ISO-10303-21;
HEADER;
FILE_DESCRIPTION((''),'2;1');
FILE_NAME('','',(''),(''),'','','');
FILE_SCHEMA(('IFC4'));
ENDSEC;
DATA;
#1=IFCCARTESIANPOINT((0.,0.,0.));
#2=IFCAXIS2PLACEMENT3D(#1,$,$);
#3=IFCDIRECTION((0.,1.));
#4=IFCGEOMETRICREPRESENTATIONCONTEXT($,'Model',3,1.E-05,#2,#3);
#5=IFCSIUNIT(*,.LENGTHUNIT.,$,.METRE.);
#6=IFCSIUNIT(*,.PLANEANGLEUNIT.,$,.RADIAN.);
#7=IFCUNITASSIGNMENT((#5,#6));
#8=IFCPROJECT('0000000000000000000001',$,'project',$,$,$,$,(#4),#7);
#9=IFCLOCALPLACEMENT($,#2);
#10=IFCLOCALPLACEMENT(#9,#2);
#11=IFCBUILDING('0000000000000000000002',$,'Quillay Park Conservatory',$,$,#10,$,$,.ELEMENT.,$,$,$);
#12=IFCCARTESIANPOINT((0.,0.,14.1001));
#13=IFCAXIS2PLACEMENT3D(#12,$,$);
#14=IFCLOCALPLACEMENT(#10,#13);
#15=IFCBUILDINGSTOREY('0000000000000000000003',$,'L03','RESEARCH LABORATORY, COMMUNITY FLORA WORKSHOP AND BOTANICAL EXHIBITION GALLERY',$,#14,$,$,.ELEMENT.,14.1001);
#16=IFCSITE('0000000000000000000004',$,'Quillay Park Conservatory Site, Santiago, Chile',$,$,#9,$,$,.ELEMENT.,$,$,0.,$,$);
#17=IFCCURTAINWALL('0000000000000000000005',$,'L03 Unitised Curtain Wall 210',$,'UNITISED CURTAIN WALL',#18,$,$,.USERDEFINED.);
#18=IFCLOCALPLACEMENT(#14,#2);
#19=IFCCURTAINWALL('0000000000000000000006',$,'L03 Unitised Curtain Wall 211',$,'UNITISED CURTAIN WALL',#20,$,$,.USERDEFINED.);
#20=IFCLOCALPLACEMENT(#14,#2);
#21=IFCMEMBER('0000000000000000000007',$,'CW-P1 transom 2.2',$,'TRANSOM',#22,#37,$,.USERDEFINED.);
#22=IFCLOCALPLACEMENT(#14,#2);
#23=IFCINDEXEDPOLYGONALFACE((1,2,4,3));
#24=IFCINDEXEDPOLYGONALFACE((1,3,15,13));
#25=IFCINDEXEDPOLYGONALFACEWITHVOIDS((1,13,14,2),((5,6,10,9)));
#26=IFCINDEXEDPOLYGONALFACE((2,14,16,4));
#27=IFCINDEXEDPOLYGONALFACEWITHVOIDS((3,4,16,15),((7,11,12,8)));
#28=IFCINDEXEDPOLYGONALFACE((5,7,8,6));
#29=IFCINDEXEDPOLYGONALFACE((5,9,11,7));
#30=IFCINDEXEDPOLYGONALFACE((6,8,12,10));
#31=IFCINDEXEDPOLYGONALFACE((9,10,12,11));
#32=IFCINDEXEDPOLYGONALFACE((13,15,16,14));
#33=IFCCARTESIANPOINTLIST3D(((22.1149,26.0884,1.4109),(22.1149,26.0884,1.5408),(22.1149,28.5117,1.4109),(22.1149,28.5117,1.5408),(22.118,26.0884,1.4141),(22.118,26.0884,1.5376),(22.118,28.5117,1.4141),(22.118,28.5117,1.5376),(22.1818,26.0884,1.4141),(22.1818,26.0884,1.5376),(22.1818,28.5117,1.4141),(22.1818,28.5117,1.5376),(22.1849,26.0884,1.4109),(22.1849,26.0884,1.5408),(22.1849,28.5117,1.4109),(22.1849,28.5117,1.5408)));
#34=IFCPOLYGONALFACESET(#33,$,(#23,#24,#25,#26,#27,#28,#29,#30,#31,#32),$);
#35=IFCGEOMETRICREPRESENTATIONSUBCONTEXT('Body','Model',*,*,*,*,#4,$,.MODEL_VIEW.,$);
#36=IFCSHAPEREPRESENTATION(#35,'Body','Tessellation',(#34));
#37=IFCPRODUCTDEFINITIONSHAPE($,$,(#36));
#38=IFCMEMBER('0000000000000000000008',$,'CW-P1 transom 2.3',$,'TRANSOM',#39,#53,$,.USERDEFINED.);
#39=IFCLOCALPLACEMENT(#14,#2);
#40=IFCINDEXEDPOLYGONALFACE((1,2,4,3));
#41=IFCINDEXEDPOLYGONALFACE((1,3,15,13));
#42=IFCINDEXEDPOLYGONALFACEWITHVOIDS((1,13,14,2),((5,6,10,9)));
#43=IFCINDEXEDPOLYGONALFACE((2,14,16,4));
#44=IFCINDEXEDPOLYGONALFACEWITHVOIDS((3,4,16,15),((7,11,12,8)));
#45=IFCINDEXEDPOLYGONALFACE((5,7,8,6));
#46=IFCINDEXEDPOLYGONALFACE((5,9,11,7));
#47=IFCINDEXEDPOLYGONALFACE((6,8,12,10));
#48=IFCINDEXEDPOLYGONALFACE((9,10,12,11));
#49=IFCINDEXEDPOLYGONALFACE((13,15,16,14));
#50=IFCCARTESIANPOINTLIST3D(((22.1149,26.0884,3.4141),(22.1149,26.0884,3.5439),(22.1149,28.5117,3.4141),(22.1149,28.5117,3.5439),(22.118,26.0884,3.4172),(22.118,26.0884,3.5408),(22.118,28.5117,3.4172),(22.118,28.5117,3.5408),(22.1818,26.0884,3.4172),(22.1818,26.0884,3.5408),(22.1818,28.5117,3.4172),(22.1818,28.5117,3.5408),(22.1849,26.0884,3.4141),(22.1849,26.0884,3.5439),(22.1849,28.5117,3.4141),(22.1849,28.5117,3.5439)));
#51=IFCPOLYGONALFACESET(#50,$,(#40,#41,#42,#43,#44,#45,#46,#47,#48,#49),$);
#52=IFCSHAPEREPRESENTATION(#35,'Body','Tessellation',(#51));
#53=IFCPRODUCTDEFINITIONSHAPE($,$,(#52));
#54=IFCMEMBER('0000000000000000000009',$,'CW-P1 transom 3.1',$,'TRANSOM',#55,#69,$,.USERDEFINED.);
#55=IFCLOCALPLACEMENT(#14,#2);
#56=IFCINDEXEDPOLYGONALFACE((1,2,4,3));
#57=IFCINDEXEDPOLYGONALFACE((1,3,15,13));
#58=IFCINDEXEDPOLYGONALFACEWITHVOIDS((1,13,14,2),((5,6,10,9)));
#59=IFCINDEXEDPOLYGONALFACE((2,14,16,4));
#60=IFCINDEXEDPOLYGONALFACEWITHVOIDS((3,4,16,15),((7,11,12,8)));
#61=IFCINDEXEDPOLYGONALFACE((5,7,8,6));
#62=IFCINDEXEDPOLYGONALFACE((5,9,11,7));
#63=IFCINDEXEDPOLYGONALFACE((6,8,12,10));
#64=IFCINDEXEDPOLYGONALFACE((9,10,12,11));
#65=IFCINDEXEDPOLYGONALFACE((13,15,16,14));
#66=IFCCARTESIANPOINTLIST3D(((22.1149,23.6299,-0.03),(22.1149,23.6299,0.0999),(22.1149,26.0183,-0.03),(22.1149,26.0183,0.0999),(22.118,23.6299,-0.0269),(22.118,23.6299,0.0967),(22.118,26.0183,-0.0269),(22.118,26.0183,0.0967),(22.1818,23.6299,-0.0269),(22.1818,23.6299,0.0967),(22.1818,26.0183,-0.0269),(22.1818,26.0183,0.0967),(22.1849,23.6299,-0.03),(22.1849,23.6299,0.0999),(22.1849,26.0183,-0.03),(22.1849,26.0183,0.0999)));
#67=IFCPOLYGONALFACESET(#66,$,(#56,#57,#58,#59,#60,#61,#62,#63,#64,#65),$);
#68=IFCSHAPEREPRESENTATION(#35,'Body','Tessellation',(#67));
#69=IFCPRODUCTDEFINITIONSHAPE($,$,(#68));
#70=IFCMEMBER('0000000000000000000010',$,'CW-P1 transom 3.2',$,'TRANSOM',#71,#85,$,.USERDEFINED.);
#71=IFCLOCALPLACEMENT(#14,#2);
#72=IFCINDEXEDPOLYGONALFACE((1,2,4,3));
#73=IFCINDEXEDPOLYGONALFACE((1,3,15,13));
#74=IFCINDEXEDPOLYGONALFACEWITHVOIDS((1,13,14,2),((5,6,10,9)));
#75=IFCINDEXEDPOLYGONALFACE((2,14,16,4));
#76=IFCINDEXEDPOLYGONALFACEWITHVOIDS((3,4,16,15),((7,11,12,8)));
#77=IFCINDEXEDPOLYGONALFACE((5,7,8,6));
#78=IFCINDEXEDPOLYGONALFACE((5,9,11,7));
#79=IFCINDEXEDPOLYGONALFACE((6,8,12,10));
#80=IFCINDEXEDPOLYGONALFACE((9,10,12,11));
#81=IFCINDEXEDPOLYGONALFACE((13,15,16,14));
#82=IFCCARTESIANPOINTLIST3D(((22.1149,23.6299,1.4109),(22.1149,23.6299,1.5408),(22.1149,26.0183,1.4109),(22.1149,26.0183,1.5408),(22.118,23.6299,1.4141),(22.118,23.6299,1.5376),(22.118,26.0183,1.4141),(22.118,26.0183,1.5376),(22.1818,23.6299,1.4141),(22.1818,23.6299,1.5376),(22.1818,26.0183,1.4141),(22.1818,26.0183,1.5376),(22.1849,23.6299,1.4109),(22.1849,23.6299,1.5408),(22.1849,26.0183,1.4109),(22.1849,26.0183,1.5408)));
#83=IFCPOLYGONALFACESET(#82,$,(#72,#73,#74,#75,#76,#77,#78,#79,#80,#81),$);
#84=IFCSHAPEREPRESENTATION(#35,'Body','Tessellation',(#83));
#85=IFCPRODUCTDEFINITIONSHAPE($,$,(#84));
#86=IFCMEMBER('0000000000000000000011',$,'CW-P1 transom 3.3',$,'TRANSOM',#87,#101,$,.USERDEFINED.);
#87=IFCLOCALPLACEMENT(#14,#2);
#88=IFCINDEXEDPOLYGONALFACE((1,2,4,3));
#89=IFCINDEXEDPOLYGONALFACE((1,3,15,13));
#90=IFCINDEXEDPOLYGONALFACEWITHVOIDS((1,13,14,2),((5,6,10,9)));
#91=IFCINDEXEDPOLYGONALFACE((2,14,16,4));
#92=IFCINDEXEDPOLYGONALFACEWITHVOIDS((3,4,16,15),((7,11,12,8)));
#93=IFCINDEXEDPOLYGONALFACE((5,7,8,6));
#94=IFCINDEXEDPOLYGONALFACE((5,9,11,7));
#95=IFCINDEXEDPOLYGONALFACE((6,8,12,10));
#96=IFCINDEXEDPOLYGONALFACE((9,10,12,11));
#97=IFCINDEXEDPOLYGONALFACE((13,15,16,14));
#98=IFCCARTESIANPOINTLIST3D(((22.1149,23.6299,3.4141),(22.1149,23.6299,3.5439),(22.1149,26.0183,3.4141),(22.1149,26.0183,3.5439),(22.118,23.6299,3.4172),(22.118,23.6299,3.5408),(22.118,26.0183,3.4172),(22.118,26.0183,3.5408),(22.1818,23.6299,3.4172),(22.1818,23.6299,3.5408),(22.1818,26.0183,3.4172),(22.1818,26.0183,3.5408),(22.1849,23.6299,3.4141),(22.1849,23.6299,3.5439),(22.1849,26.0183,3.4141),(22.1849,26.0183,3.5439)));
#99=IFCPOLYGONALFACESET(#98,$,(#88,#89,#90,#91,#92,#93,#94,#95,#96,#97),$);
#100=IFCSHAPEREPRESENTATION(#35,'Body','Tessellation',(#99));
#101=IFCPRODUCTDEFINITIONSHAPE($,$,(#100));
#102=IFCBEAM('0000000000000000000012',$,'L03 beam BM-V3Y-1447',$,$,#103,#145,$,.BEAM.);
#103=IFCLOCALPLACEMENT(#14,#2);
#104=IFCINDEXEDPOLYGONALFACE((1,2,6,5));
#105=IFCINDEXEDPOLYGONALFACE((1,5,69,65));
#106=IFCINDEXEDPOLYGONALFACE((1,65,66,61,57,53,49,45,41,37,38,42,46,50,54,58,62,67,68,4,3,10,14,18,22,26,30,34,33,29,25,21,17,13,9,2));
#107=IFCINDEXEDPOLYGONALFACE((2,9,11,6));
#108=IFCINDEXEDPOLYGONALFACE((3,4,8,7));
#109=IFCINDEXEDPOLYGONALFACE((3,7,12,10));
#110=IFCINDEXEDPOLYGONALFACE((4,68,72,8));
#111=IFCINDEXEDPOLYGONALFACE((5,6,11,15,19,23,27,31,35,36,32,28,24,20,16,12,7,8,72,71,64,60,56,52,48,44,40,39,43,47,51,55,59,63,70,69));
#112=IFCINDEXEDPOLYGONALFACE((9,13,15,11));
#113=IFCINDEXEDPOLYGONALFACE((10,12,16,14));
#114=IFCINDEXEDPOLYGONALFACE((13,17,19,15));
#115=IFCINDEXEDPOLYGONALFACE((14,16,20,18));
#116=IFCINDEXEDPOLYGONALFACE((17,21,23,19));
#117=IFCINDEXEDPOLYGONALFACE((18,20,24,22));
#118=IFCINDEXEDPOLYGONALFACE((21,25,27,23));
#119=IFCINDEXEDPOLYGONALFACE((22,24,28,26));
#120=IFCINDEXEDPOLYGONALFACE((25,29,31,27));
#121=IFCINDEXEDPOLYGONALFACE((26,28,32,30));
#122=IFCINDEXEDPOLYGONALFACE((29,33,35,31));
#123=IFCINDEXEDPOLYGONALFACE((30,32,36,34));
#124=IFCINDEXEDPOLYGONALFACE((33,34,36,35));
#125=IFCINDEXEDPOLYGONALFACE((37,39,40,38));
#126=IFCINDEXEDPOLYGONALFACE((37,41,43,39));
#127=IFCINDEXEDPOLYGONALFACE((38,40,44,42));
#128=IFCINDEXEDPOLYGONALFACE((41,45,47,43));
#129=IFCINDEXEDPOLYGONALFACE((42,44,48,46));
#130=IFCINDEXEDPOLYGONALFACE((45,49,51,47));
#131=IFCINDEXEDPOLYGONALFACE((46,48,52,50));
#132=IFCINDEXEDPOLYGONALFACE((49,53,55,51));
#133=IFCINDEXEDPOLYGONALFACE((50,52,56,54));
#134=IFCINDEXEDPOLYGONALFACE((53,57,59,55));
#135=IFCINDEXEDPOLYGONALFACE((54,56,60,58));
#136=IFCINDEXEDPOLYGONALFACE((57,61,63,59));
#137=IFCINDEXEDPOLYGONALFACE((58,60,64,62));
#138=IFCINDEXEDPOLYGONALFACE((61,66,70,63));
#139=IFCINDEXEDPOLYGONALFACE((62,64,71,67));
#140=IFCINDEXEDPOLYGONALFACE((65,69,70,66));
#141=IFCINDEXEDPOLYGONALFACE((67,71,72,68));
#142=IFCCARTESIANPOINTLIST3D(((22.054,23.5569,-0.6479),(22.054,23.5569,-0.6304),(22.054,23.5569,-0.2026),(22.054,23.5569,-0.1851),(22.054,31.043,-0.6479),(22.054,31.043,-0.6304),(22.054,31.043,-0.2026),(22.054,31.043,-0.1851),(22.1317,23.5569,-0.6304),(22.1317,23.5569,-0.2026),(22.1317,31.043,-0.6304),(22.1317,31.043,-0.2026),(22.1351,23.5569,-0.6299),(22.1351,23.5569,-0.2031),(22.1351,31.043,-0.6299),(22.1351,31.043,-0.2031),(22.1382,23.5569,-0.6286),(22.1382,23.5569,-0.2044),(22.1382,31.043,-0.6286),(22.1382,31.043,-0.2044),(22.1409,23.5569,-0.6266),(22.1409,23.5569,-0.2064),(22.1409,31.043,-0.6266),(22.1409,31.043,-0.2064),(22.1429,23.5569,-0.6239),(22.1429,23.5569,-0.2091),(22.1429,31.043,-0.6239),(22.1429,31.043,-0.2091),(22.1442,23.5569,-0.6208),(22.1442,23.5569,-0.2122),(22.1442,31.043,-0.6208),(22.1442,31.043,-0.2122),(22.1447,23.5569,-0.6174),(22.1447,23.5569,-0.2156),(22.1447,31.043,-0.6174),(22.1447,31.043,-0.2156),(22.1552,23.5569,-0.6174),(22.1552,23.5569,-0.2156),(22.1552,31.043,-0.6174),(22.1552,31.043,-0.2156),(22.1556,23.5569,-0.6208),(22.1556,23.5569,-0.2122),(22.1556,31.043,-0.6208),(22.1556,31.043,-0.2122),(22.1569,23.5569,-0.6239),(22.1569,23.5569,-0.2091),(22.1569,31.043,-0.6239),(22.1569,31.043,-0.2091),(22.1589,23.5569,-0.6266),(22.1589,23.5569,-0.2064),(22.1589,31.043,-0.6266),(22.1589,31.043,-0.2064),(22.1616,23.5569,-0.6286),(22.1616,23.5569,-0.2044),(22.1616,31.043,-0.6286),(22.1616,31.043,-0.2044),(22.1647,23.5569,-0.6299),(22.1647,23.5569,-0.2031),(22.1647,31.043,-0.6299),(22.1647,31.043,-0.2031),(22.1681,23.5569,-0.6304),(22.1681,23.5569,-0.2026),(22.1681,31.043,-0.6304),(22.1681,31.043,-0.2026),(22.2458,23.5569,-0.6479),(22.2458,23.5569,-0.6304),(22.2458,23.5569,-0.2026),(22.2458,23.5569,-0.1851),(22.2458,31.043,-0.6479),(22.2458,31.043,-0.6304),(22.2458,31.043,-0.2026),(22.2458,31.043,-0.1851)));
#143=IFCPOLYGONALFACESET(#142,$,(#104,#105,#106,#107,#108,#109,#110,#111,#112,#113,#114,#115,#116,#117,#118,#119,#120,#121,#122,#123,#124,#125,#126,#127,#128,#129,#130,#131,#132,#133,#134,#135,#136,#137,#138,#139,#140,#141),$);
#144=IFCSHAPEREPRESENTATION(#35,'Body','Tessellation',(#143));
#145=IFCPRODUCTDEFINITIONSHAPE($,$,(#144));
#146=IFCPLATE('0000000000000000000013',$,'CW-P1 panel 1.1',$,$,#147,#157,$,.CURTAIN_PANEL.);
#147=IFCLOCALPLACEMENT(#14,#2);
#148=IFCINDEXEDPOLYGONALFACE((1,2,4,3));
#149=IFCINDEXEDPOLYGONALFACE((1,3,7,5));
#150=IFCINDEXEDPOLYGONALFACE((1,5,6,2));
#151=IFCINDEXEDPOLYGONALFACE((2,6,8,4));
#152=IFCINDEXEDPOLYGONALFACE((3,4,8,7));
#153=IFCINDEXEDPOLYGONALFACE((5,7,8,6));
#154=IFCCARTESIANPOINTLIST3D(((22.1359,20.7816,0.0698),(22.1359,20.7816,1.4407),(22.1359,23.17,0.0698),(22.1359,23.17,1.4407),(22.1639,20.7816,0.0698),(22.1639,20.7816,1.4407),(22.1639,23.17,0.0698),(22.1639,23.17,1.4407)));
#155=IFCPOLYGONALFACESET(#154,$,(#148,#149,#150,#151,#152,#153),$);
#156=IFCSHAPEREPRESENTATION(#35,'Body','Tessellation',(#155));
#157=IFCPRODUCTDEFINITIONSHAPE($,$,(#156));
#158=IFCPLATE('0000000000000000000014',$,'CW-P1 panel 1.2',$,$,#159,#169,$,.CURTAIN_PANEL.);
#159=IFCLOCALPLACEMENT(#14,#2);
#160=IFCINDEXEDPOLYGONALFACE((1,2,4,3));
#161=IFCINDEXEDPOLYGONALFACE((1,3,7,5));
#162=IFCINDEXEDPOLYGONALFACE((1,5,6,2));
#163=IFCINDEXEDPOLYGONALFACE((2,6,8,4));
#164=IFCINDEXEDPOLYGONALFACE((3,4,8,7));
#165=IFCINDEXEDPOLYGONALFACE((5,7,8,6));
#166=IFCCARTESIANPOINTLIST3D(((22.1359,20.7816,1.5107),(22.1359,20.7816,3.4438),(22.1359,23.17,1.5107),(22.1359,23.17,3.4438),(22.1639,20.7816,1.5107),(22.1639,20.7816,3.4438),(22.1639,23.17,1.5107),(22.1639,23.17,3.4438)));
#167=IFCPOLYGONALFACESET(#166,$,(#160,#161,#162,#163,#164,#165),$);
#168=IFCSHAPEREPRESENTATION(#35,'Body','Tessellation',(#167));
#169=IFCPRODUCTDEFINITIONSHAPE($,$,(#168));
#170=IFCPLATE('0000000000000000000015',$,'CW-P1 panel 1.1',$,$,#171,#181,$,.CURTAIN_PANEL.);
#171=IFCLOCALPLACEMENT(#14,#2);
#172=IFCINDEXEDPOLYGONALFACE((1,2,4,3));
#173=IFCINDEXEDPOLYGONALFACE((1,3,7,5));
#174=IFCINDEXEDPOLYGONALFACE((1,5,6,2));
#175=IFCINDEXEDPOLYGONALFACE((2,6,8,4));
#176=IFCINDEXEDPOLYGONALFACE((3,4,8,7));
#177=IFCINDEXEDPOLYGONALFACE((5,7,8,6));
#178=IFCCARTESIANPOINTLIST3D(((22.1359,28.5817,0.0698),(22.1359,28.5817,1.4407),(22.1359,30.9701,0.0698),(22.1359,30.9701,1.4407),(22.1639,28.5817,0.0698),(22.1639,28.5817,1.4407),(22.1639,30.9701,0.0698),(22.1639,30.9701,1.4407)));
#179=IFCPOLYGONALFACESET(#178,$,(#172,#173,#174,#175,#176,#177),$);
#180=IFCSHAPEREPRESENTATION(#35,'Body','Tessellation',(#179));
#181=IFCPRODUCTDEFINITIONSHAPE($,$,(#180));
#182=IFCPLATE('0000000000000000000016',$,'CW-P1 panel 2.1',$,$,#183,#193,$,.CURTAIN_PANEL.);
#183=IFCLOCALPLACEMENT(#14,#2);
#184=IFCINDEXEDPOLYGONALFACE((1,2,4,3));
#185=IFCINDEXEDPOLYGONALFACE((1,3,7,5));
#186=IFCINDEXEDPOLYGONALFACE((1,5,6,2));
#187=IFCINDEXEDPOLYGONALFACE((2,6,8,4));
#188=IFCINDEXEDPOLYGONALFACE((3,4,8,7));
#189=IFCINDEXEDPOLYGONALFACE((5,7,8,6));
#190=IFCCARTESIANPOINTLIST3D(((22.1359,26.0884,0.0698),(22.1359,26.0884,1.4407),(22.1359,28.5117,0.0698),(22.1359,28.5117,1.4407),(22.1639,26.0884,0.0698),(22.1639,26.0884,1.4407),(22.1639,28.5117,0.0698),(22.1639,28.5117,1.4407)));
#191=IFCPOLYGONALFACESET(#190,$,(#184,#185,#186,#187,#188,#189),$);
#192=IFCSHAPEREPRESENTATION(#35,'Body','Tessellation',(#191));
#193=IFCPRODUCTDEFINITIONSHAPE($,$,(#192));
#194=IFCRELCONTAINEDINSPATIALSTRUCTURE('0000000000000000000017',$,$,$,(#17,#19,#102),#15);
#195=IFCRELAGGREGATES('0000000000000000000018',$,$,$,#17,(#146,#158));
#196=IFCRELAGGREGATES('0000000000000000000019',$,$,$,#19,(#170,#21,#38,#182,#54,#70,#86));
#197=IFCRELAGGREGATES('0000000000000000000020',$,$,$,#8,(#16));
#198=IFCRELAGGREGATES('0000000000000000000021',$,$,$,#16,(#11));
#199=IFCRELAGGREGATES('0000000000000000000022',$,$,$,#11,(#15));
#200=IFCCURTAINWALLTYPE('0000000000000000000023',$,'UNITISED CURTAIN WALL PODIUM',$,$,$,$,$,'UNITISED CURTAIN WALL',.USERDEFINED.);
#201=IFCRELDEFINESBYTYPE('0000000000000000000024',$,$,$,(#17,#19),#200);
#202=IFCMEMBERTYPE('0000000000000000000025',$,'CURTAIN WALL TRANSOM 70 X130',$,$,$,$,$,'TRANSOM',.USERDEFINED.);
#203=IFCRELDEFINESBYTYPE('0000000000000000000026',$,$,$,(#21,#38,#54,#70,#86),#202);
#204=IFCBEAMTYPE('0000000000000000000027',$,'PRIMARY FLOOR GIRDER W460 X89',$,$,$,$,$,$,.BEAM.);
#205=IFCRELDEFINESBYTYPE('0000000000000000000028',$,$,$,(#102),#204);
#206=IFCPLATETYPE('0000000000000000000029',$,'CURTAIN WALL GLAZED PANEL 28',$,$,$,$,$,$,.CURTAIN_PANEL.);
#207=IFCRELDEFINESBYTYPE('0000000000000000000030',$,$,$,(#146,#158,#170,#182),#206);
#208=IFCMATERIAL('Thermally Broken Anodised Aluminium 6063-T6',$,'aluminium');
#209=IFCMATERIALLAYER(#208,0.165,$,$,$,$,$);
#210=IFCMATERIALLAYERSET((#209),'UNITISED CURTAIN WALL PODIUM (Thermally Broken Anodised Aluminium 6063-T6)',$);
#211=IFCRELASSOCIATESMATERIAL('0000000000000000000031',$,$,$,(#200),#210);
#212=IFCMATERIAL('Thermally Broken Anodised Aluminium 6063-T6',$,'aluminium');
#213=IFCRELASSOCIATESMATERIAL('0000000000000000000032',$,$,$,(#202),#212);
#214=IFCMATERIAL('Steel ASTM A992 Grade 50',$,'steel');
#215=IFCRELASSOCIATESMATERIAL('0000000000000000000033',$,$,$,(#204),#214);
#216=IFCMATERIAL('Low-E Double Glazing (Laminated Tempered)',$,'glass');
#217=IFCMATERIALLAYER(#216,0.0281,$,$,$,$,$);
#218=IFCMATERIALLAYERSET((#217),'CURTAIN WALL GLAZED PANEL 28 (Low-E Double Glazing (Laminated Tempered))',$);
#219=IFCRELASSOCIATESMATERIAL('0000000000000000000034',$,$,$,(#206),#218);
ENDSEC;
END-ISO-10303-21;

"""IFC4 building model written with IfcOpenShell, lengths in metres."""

from ifc_helpers import new_model, si_unit, direction, frame, origin, origin_2d, place, context, subcontext, project, spatial, rectangle, hollow_rectangle, i_section, extrude, material, layer, layer_set, material_profile, profile_set, type_object, element, aggregate, save


model = new_model("IFC4")

# Units and contexts
model_context = context("Model", 3, precision=1e-05, world=origin(), true_north=direction((0.0, 1.0)))
body_context = subcontext(model_context, "Body", "Model", "MODEL_VIEW")
ifc_project = project(units=[si_unit("LENGTHUNIT", "METRE"), si_unit("PLANEANGLEUNIT", "RADIAN")], contexts=[model_context])

# Site, building, storey
site_placement = place(None, origin())
site = spatial("IfcSite", under=ifc_project, at=site_placement, Name="Quillay Park Conservatory Site, Santiago, Chile", CompositionType="ELEMENT", RefElevation=0.0)
building_placement = place(site_placement, origin())
building = spatial("IfcBuilding", under=site, at=building_placement, Name="Quillay Park Conservatory", CompositionType="ELEMENT")
storey_placement = place(building_placement, frame((0.0, 0.0, 14.1001)))
storey = spatial("IfcBuildingStorey", under=building, at=storey_placement, Name="L03", Description="RESEARCH LABORATORY, COMMUNITY FLORA WORKSHOP AND BOTANICAL EXHIBITION GALLERY", CompositionType="ELEMENT", Elevation=14.1001)

# Curtain wall
ifc_material_1 = material(Name="Thermally Broken Anodised Aluminium 6063-T6", Category="aluminium")
ifc_layer_1 = layer(ifc_material_1, 0.165)
ifc_layer_set_1 = layer_set([ifc_layer_1], Name="UNITISED CURTAIN WALL PODIUM (Thermally Broken Anodised Aluminium 6063-T6)")
curtain_wall_type = type_object("IfcCurtainWallType", Name="UNITISED CURTAIN WALL PODIUM", ElementType="UNITISED CURTAIN WALL", PredefinedType="USERDEFINED", material=ifc_layer_set_1)
curtain_wall_1_placement = place(storey_placement, origin())
curtain_wall_1 = element("IfcCurtainWall", 1, at=curtain_wall_1_placement, inside=storey, type_object=curtain_wall_type, Name="L03 Unitised Curtain Wall 210", ObjectType="UNITISED CURTAIN WALL", PredefinedType="USERDEFINED")

# Curtain wall
curtain_wall_2_placement = place(storey_placement, origin())
curtain_wall_2 = element("IfcCurtainWall", 2, at=curtain_wall_2_placement, inside=storey, type_object=curtain_wall_type, Name="L03 Unitised Curtain Wall 211", ObjectType="UNITISED CURTAIN WALL", PredefinedType="USERDEFINED")

# Members
ifc_material_2 = material(Name="Thermally Broken Anodised Aluminium 6063-T6", Category="aluminium")
ifc_material_profile_1 = material_profile(ifc_material_2, hollow_rectangle(XDim=0.0701, YDim=0.1299, WallThickness=0.0032, at=origin_2d()), Name="AL70x130x3.2")
ifc_profile_set_1 = profile_set([ifc_material_profile_1], Name="Thermally Broken Anodised Aluminium 6063-T6")
member_type_1 = type_object("IfcMemberType", Name="CURTAIN WALL TRANSOM 70 X130", ElementType="TRANSOM", PredefinedType="USERDEFINED", material=ifc_profile_set_1)
member_1_placement = place(storey_placement, frame((22.1499, 28.5117, 1.4758), z_axis=(0.0, -1.0, 0.0), x_axis=(1.0, 0.0, 0.0)))
member_1 = element("IfcMember", 3, at=member_1_placement, type_object=member_type_1, Name="CW-P1 transom 2.2", ObjectType="TRANSOM", PredefinedType="USERDEFINED", context=body_context, shape_type="SweptSolid", body=[
    extrude(hollow_rectangle(XDim=0.0701, YDim=0.1299, WallThickness=0.0032, at=origin_2d()), origin(), (0.0, 0.0, 1.0), 2.4233),
])
member_2_placement = place(storey_placement, frame((22.1499, 28.5117, 3.479), z_axis=(0.0, -1.0, 0.0), x_axis=(1.0, 0.0, 0.0)))
member_2 = element("IfcMember", 4, at=member_2_placement, type_object=member_type_1, Name="CW-P1 transom 2.3", ObjectType="TRANSOM", PredefinedType="USERDEFINED", context=body_context, shape_type="SweptSolid", body=[
    extrude(hollow_rectangle(XDim=0.0701, YDim=0.1299, WallThickness=0.0032, at=origin_2d()), origin(), (0.0, 0.0, 1.0), 2.4233),
])
member_3_placement = place(storey_placement, frame((22.1499, 26.0183, 0.0349), z_axis=(0.0, -1.0, 0.0), x_axis=(1.0, 0.0, 0.0)))
member_3 = element("IfcMember", 5, at=member_3_placement, type_object=member_type_1, Name="CW-P1 transom 3.1", ObjectType="TRANSOM", PredefinedType="USERDEFINED", context=body_context, shape_type="SweptSolid", body=[
    extrude(hollow_rectangle(XDim=0.0701, YDim=0.1299, WallThickness=0.0032, at=origin_2d()), origin(), (0.0, 0.0, 1.0), 2.3884),
])
member_4_placement = place(storey_placement, frame((22.1499, 26.0183, 1.4758), z_axis=(0.0, -1.0, 0.0), x_axis=(1.0, 0.0, 0.0)))
member_4 = element("IfcMember", 6, at=member_4_placement, type_object=member_type_1, Name="CW-P1 transom 3.2", ObjectType="TRANSOM", PredefinedType="USERDEFINED", context=body_context, shape_type="SweptSolid", body=[
    extrude(hollow_rectangle(XDim=0.0701, YDim=0.1299, WallThickness=0.0032, at=origin_2d()), origin(), (0.0, 0.0, 1.0), 2.3884),
])
member_5_placement = place(storey_placement, frame((22.1499, 26.0183, 3.479), z_axis=(0.0, -1.0, 0.0), x_axis=(1.0, 0.0, 0.0)))
member_5 = element("IfcMember", 7, at=member_5_placement, type_object=member_type_1, Name="CW-P1 transom 3.3", ObjectType="TRANSOM", PredefinedType="USERDEFINED", context=body_context, shape_type="SweptSolid", body=[
    extrude(hollow_rectangle(XDim=0.0701, YDim=0.1299, WallThickness=0.0032, at=origin_2d()), origin(), (0.0, 0.0, 1.0), 2.3884),
])

# Beam
ifc_material_3 = material(Name="Steel ASTM A992 Grade 50", Category="steel")
ifc_material_profile_2 = material_profile(ifc_material_3, i_section(OverallWidth=0.1919, OverallDepth=0.4629, WebThickness=0.0105, FlangeThickness=0.0176, FilletRadius=0.0129, at=origin_2d()), Name="W460x89")
ifc_profile_set_2 = profile_set([ifc_material_profile_2], Name="Steel ASTM A992 Grade 50")
beam_type = type_object("IfcBeamType", Name="PRIMARY FLOOR GIRDER W460 X89", PredefinedType="BEAM", material=ifc_profile_set_2)
beam_placement = place(storey_placement, frame((22.1499, 23.5569, -0.4165), z_axis=(0.0, 1.0, 0.0), x_axis=(-1.0, 0.0, 0.0)))
element("IfcBeam", 8, at=beam_placement, inside=storey, type_object=beam_type, Name="L03 beam BM-V3Y-1447", PredefinedType="BEAM", context=body_context, shape_type="SweptSolid", body=[
    extrude(i_section(OverallWidth=0.1919, OverallDepth=0.4629, WebThickness=0.0105, FlangeThickness=0.0176, FilletRadius=0.0129, at=origin_2d()), origin(), (0.0, 0.0, 1.0), 7.4861),
])

# Plates
ifc_material_4 = material(Name="Low-E Double Glazing (Laminated Tempered)", Category="glass")
ifc_layer_2 = layer(ifc_material_4, 0.0281)
ifc_layer_set_2 = layer_set([ifc_layer_2], Name="CURTAIN WALL GLAZED PANEL 28 (Low-E Double Glazing (Laminated Tempered))")
plate_type = type_object("IfcPlateType", Name="CURTAIN WALL GLAZED PANEL 28", PredefinedType="CURTAIN_PANEL", material=ifc_layer_set_2)
plate_1_placement = place(storey_placement, frame((22.1499, 21.9758, 0.0698), z_axis=(0.0, 0.0, 1.0), x_axis=(0.0, -1.0, 0.0)))
plate_1 = element("IfcPlate", 9, at=plate_1_placement, type_object=plate_type, Name="CW-P1 panel 1.1", PredefinedType="CURTAIN_PANEL", context=body_context, shape_type="SweptSolid", body=[
    extrude(rectangle(XDim=2.3884, YDim=0.0281, at=origin_2d()), origin(), (0.0, 0.0, 1.0), 1.3708),
])
plate_2_placement = place(storey_placement, frame((22.1499, 21.9758, 1.5107), z_axis=(0.0, 0.0, 1.0), x_axis=(0.0, -1.0, 0.0)))
plate_2 = element("IfcPlate", 10, at=plate_2_placement, type_object=plate_type, Name="CW-P1 panel 1.2", PredefinedType="CURTAIN_PANEL", context=body_context, shape_type="SweptSolid", body=[
    extrude(rectangle(XDim=2.3884, YDim=0.0281, at=origin_2d()), origin(), (0.0, 0.0, 1.0), 1.9331),
])
aggregate(curtain_wall_1, [plate_1, plate_2])
plate_3_placement = place(storey_placement, frame((22.1499, 29.7759, 0.0698), z_axis=(0.0, 0.0, 1.0), x_axis=(0.0, -1.0, 0.0)))
plate_3 = element("IfcPlate", 11, at=plate_3_placement, type_object=plate_type, Name="CW-P1 panel 1.1", PredefinedType="CURTAIN_PANEL", context=body_context, shape_type="SweptSolid", body=[
    extrude(rectangle(XDim=2.3884, YDim=0.0281, at=origin_2d()), origin(), (0.0, 0.0, 1.0), 1.3708),
])
plate_4_placement = place(storey_placement, frame((22.1499, 27.3, 0.0698), z_axis=(0.0, 0.0, 1.0), x_axis=(0.0, -1.0, 0.0)))
plate_4 = element("IfcPlate", 12, at=plate_4_placement, type_object=plate_type, Name="CW-P1 panel 2.1", PredefinedType="CURTAIN_PANEL", context=body_context, shape_type="SweptSolid", body=[
    extrude(rectangle(XDim=2.4233, YDim=0.0281, at=origin_2d()), origin(), (0.0, 0.0, 1.0), 1.3708),
])
aggregate(curtain_wall_2, [plate_3, member_1, member_2, plate_4, member_3, member_4, member_5])

save(model, "model.ifc")
